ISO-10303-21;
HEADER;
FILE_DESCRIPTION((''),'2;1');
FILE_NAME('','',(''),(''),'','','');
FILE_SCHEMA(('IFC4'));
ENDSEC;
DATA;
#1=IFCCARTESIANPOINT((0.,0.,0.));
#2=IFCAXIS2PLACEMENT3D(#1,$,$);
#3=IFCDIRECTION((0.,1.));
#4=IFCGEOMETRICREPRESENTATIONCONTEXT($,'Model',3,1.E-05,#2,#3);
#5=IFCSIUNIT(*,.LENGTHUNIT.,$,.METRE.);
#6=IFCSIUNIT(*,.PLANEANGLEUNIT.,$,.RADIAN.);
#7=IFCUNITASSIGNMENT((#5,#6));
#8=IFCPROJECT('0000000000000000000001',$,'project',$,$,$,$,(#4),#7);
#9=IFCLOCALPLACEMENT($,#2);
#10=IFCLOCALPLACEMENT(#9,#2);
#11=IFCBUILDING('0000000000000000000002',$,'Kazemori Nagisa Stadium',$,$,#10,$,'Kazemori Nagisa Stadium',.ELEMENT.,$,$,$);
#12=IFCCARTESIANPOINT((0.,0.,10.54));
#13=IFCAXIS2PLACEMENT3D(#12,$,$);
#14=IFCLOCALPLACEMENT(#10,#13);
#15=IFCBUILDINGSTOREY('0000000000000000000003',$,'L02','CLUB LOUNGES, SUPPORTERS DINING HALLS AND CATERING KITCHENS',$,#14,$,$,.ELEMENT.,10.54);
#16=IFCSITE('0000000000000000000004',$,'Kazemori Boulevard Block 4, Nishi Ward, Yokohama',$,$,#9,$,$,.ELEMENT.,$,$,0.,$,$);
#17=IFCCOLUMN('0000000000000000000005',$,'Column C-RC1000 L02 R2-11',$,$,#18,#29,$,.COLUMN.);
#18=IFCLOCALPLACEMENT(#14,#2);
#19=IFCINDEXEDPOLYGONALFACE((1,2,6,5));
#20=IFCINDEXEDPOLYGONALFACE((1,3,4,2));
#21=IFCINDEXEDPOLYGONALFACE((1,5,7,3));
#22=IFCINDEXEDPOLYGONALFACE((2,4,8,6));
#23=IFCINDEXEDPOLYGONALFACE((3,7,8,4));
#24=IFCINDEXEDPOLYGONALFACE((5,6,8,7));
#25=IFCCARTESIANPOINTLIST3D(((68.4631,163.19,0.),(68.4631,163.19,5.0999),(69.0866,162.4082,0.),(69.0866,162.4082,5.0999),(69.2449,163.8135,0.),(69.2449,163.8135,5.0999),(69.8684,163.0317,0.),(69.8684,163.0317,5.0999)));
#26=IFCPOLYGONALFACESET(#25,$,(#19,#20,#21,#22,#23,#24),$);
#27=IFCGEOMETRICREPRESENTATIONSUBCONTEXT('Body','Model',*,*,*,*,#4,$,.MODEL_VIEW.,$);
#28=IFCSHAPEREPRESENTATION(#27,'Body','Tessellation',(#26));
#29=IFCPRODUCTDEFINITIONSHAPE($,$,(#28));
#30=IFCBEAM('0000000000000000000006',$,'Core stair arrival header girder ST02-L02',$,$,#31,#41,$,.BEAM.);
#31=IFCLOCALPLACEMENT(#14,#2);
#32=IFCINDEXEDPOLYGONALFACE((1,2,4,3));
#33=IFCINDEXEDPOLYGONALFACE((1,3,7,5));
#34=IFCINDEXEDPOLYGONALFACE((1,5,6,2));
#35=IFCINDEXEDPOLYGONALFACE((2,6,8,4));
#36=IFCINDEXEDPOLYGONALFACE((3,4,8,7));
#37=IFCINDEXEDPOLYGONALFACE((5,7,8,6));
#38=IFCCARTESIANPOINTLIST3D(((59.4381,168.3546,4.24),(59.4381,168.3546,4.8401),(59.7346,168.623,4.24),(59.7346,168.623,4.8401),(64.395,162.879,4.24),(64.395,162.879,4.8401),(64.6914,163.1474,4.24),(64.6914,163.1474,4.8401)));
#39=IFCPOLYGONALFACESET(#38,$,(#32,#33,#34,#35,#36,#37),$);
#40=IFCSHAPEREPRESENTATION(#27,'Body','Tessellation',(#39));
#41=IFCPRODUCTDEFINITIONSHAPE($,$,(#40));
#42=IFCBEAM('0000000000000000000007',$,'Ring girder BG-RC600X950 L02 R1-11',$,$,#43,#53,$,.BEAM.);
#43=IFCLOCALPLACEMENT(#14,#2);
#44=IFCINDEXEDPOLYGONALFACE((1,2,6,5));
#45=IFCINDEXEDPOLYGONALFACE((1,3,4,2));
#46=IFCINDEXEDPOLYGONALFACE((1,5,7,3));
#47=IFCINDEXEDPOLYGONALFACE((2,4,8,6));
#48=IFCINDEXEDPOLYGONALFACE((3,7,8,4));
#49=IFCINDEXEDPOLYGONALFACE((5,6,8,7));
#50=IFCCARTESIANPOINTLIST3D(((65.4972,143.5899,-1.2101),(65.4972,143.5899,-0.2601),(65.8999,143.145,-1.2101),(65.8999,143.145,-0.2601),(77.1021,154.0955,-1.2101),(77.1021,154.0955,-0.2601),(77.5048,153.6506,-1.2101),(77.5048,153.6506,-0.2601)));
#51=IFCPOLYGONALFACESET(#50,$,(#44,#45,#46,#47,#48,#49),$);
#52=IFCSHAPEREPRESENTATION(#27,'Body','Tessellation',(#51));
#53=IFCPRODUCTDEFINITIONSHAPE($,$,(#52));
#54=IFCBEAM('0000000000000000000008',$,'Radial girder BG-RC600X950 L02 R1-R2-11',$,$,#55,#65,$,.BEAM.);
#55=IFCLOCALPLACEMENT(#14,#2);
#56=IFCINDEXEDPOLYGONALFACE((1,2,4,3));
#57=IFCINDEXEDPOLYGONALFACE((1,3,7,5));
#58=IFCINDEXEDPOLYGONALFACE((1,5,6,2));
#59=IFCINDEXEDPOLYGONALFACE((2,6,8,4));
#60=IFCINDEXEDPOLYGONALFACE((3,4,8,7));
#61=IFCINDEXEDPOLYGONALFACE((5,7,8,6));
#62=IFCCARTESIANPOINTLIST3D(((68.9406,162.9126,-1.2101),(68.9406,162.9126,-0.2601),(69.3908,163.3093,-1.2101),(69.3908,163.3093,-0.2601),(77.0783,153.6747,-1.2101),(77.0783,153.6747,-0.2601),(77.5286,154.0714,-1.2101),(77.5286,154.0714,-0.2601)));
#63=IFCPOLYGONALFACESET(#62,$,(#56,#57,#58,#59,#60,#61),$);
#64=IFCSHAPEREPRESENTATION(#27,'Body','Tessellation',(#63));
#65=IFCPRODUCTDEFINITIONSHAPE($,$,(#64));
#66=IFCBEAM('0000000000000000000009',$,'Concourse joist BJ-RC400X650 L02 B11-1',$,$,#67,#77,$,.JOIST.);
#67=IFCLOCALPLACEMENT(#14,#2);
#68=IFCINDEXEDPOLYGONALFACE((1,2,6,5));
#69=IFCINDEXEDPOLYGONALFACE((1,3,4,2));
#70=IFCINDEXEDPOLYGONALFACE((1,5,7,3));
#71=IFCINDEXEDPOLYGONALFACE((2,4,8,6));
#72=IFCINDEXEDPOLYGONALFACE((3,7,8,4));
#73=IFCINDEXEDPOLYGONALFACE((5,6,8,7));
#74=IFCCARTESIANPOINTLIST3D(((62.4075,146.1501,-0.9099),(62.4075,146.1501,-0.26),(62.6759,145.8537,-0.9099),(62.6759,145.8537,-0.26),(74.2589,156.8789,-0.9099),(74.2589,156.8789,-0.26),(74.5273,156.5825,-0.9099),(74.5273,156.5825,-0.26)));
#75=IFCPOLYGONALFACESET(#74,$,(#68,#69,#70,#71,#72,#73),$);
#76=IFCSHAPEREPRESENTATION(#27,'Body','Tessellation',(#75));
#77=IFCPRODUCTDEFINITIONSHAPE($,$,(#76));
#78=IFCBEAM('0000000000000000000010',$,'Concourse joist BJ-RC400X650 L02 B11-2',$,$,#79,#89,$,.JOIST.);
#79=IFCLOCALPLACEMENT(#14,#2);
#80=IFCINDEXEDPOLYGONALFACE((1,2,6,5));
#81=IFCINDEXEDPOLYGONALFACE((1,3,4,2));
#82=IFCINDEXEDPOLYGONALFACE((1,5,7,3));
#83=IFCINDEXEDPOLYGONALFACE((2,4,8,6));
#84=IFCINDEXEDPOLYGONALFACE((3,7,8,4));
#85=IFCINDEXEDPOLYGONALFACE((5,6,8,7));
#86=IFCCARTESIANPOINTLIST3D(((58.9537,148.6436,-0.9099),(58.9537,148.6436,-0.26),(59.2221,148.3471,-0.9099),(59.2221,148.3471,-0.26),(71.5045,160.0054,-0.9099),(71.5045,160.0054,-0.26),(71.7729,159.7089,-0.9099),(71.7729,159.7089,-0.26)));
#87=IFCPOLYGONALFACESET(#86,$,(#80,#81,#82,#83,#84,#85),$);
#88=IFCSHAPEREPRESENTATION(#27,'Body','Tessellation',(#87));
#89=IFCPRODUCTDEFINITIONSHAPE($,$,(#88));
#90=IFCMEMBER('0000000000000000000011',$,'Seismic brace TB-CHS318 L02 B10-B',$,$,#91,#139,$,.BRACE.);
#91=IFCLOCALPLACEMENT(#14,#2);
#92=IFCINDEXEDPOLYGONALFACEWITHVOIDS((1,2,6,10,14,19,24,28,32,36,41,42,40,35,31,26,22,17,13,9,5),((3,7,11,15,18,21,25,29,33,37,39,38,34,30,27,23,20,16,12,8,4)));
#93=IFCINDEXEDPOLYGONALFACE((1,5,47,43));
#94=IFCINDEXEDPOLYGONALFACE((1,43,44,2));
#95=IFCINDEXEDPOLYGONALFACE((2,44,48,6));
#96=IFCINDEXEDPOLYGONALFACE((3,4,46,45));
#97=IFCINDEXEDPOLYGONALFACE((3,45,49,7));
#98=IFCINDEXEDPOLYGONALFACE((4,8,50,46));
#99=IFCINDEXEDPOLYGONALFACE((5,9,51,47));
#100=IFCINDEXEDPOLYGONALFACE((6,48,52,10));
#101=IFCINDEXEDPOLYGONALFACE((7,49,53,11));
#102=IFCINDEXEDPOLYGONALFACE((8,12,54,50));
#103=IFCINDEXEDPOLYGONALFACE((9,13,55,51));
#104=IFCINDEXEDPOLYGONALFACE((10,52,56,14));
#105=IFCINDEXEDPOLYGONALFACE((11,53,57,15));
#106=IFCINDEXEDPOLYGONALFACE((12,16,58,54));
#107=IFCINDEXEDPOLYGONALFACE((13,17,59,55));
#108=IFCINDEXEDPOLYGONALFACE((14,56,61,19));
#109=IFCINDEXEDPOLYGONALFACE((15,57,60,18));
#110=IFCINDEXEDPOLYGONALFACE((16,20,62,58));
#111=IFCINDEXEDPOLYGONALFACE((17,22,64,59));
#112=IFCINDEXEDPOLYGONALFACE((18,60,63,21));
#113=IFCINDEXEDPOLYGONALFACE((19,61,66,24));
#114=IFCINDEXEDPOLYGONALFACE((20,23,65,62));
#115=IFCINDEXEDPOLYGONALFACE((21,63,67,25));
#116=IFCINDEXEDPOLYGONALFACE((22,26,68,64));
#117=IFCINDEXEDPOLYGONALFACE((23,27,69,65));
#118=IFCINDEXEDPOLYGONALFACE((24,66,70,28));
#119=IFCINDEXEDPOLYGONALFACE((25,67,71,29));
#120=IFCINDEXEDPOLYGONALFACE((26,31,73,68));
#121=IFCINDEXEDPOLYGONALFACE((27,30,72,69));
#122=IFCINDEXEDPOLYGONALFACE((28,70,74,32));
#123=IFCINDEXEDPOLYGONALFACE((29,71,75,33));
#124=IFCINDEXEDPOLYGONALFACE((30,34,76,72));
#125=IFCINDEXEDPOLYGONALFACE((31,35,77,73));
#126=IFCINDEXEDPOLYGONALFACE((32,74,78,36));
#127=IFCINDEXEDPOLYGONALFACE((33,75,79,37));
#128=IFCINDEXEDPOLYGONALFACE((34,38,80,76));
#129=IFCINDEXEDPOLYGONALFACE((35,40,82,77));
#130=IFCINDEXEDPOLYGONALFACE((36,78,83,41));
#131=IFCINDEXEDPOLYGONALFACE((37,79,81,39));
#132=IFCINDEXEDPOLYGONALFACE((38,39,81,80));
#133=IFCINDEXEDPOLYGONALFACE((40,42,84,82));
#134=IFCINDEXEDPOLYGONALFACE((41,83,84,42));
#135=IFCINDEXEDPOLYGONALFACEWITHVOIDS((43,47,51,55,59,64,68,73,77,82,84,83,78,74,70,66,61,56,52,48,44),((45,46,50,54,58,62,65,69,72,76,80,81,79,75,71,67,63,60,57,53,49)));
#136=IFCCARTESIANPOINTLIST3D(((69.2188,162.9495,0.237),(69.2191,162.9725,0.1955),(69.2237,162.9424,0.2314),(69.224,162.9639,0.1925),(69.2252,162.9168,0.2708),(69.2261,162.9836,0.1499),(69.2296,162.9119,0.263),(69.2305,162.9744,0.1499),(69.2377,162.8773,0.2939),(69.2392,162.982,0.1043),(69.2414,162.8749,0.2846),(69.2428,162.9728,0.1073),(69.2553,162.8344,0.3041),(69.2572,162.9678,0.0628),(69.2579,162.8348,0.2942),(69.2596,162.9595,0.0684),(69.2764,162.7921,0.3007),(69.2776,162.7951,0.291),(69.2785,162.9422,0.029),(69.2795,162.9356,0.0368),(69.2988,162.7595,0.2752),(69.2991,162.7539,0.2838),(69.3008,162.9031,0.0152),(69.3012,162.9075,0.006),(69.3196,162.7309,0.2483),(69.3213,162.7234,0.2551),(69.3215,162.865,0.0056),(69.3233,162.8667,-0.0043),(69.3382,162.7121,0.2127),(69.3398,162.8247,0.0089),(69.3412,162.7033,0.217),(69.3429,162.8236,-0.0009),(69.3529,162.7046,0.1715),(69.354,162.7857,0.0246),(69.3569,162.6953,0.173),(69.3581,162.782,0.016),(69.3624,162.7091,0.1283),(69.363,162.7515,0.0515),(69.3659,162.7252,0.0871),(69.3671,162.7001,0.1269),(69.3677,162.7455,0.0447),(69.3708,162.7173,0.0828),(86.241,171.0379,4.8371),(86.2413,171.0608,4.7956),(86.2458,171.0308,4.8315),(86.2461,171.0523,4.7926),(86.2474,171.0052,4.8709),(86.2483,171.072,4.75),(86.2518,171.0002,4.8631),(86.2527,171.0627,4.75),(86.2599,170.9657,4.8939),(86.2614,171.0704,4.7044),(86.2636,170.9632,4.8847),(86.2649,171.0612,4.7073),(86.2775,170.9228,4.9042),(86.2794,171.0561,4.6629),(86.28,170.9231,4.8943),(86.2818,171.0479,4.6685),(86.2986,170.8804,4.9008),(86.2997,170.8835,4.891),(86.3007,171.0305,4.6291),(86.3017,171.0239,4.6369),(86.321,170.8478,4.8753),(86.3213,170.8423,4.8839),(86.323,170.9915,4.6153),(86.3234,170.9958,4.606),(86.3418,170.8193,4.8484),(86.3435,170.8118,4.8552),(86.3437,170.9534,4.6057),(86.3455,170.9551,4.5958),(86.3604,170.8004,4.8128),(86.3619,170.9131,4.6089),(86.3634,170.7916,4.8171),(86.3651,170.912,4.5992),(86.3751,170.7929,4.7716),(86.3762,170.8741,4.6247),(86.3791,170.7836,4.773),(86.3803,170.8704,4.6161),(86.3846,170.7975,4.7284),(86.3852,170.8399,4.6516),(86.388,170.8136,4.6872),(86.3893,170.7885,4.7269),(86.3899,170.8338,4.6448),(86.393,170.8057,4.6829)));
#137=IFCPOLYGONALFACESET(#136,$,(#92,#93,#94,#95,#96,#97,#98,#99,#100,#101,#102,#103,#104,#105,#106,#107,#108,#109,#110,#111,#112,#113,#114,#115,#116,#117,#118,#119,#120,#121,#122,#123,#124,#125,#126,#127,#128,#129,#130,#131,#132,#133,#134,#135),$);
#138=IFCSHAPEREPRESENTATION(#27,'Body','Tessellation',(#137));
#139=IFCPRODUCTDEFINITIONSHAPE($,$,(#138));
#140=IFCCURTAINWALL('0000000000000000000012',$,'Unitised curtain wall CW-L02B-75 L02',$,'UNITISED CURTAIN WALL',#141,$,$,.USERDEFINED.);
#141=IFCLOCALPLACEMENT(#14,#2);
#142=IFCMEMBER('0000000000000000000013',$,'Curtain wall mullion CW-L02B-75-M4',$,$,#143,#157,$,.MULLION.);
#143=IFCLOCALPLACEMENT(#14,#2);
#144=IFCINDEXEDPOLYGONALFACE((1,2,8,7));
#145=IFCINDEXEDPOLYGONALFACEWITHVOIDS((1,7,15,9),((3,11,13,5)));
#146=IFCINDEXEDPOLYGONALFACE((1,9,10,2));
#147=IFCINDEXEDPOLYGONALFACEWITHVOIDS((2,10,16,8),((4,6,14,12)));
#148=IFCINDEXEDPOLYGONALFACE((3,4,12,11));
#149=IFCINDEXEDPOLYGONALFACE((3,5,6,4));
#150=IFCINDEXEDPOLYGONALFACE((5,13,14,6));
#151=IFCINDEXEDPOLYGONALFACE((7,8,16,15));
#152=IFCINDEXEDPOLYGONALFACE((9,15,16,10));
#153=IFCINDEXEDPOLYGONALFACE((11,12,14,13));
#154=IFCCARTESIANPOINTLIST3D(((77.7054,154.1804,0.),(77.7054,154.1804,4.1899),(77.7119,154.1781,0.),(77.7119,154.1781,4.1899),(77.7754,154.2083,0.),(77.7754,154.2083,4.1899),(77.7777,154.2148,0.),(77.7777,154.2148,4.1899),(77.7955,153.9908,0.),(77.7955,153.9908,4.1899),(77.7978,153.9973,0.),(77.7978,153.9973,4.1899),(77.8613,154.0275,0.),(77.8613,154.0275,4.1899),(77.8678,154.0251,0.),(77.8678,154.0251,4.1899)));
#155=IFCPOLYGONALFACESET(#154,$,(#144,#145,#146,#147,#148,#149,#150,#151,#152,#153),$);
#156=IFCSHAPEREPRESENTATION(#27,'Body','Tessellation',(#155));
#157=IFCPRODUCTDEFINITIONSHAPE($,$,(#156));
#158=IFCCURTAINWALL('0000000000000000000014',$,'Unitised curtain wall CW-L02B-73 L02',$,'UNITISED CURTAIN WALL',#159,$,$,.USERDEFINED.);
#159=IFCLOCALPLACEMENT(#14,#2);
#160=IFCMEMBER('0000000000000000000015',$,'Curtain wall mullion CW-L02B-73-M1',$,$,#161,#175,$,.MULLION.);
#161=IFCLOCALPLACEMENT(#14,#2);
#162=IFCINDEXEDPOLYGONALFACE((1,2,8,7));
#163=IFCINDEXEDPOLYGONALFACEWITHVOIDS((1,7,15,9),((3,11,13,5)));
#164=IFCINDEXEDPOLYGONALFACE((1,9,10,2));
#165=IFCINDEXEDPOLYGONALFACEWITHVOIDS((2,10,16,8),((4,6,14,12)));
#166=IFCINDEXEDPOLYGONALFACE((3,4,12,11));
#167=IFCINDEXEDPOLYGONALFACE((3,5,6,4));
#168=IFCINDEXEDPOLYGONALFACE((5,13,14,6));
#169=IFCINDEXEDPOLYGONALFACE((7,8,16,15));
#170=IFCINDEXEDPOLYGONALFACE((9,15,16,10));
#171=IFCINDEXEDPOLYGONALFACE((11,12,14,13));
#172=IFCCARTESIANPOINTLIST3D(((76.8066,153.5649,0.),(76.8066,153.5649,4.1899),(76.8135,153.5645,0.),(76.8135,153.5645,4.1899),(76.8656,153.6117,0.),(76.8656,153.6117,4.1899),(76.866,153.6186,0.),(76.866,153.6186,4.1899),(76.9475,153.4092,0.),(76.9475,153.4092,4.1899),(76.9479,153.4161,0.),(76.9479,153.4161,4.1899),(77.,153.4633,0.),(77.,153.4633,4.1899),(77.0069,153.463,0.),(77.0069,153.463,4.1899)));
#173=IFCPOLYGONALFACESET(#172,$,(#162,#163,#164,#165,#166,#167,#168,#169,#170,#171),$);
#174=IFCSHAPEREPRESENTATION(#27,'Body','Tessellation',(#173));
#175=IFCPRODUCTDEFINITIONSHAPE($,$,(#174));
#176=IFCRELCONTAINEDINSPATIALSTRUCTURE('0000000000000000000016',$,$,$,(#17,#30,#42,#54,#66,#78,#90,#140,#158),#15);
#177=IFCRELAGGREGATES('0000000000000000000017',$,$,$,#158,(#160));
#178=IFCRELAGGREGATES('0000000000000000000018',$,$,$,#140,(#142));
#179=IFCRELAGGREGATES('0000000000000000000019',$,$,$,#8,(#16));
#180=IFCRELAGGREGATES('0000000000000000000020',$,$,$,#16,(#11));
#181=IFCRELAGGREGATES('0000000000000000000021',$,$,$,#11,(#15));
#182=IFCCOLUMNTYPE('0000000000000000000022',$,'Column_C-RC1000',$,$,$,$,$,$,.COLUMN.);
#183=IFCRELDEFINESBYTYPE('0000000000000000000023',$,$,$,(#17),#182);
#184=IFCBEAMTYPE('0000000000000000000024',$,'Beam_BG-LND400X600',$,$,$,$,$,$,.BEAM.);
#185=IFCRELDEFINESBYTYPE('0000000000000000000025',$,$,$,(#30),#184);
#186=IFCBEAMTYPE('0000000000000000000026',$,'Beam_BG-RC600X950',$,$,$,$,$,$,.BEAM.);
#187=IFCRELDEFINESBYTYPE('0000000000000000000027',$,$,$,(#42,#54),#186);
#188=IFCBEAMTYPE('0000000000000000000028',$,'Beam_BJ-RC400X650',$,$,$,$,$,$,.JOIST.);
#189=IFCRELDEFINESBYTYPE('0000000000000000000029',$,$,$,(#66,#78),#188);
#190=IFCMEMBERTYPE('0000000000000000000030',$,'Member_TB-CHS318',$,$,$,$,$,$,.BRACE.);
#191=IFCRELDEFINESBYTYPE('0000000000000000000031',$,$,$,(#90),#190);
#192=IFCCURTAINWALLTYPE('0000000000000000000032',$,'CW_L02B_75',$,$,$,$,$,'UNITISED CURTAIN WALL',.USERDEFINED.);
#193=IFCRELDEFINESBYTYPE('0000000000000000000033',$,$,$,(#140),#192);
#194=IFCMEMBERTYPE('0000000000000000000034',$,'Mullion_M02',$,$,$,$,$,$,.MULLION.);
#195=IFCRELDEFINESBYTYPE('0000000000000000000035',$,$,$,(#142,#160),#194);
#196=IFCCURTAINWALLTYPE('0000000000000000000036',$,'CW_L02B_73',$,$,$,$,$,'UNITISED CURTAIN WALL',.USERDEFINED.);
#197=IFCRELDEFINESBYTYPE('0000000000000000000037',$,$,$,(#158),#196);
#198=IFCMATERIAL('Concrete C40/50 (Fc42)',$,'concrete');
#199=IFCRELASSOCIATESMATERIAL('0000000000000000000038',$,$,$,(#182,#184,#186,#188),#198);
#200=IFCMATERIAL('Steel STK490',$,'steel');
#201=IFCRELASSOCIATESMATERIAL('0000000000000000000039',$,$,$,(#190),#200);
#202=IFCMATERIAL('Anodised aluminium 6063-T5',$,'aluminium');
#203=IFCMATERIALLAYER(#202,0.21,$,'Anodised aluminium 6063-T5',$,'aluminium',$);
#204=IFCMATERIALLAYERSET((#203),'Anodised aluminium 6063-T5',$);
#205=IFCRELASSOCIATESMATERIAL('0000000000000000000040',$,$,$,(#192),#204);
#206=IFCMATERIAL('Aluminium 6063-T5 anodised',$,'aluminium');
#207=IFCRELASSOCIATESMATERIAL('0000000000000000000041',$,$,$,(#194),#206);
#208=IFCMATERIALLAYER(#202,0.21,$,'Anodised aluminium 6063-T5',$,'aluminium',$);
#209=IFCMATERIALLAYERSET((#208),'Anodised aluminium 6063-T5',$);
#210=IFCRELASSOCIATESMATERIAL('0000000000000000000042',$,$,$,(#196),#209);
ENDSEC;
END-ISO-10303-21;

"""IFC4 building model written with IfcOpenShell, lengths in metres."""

from ifc_helpers import new_model, si_unit, direction, frame, origin, origin_2d, place, context, subcontext, project, spatial, rectangle, hollow_rectangle, hollow_circle, extrude, material, layer, layer_set, material_profile, profile_set, type_object, element, aggregate, save


model = new_model("IFC4")

# Units and contexts
model_context = context("Model", 3, precision=1e-05, world=origin(), true_north=direction((0.0, 1.0)))
body_context = subcontext(model_context, "Body", "Model", "MODEL_VIEW")
ifc_project = project(units=[si_unit("LENGTHUNIT", "METRE"), si_unit("PLANEANGLEUNIT", "RADIAN")], contexts=[model_context])

# Site, building, storey
site_placement = place(None, origin())
site = spatial("IfcSite", under=ifc_project, at=site_placement, Name="Kazemori Boulevard Block 4, Nishi Ward, Yokohama", CompositionType="ELEMENT", RefElevation=0.0)
building_placement = place(site_placement, origin())
building = spatial("IfcBuilding", under=site, at=building_placement, Name="Kazemori Nagisa Stadium", LongName="Kazemori Nagisa Stadium", CompositionType="ELEMENT")
storey_placement = place(building_placement, frame((0.0, 0.0, 10.54)))
storey = spatial("IfcBuildingStorey", under=building, at=storey_placement, Name="L02", Description="CLUB LOUNGES, SUPPORTERS DINING HALLS AND CATERING KITCHENS", CompositionType="ELEMENT", Elevation=10.54)

# Column
ifc_material_1 = material(Name="Concrete C40/50 (Fc42)", Category="concrete")
ifc_material_profile_1 = material_profile(ifc_material_1, rectangle(XDim=1.0, YDim=1.0, at=origin_2d()), Name="RC-COL-1000x1000")
ifc_profile_set_1 = profile_set([ifc_material_profile_1], Name="Concrete C40/50 (Fc42)")
column_type_1 = type_object("IfcColumnType", Name="Column_C-RC1000", PredefinedType="COLUMN", material=ifc_profile_set_1)
column_1_placement = place(storey_placement, frame((69.1658, 163.1108, 0.0), z_axis=(0.0, 0.0, 1.0), x_axis=(-0.62349, 0.781831, 0.0)))
element("IfcColumn", 1, at=column_1_placement, inside=storey, type_object=column_type_1, Name="Column C-RC1000 L02 R2-11", PredefinedType="COLUMN", context=body_context, shape_type="SweptSolid", body=[
    extrude(rectangle(XDim=1.0, YDim=1.0, at=origin_2d()), origin(), (0.0, 0.0, 1.0), 5.0999),
])

# Beams
ifc_material_profile_2 = material_profile(ifc_material_1, rectangle(XDim=0.3999, YDim=0.6001, at=origin_2d()), Name="RC-BM-400x600")
ifc_profile_set_2 = profile_set([ifc_material_profile_2], Name="Concrete C40/50 (Fc42)")
beam_type_1 = type_object("IfcBeamType", Name="Beam_BG-LND400X600", PredefinedType="BEAM", material=ifc_profile_set_2)
beam_1_placement = place(storey_placement, frame((64.5432, 163.0132, 4.54), z_axis=(-0.671113, 0.741355, 0.0), x_axis=(-0.741355, -0.671113, 0.0)))
element("IfcBeam", 2, at=beam_1_placement, inside=storey, type_object=beam_type_1, Name="Core stair arrival header girder ST02-L02", PredefinedType="BEAM", context=body_context, shape_type="SweptSolid", body=[
    extrude(rectangle(XDim=0.3999, YDim=0.6001, at=origin_2d()), origin(), (0.0, 0.0, 1.0), 7.386),
])
ifc_material_profile_3 = material_profile(ifc_material_1, rectangle(XDim=0.6001, YDim=0.95, at=origin_2d()), Name="RC-BM-600x950")
ifc_profile_set_3 = profile_set([ifc_material_profile_3], Name="Concrete C40/50 (Fc42)")
beam_type_2 = type_object("IfcBeamType", Name="Beam_BG-RC600X950", PredefinedType="BEAM", material=ifc_profile_set_3)
beam_2_placement = place(storey_placement, frame((77.3035, 153.873, -0.7351), z_axis=(-0.741349, -0.67112, 0.0), x_axis=(0.67112, -0.741349, 0.0)))
element("IfcBeam", 3, at=beam_2_placement, inside=storey, type_object=beam_type_2, Name="Ring girder BG-RC600X950 L02 R1-11", PredefinedType="BEAM", context=body_context, shape_type="SweptSolid", body=[
    extrude(rectangle(XDim=0.6001, YDim=0.95, at=origin_2d()), origin(), (0.0, 0.0, 1.0), 15.6538),
])
beam_3_placement = place(storey_placement, frame((77.3035, 153.873, -0.7351), z_axis=(-0.661014, 0.750374, 0.0), x_axis=(-0.750374, -0.661014, 0.0)))
element("IfcBeam", 4, at=beam_3_placement, inside=storey, type_object=beam_type_2, Name="Radial girder BG-RC600X950 L02 R1-R2-11", PredefinedType="BEAM", context=body_context, shape_type="SweptSolid", body=[
    extrude(rectangle(XDim=0.6001, YDim=0.95, at=origin_2d()), origin(), (0.0, 0.0, 1.0), 12.311),
])
ifc_material_profile_4 = material_profile(ifc_material_1, rectangle(XDim=0.3999, YDim=0.6499, at=origin_2d()), Name="RC-BM-400x650")
ifc_profile_set_4 = profile_set([ifc_material_profile_4], Name="Concrete C40/50 (Fc42)")
beam_type_3 = type_object("IfcBeamType", Name="Beam_BJ-RC400X650", PredefinedType="JOIST", material=ifc_profile_set_4)
beam_4_placement = place(storey_placement, frame((74.3931, 156.7307, -0.585), z_axis=(-0.741345, -0.671124, 0.0), x_axis=(0.671124, -0.741345, 0.0)))
element("IfcBeam", 5, at=beam_4_placement, inside=storey, type_object=beam_type_3, Name="Concourse joist BJ-RC400X650 L02 B11-1", PredefinedType="JOIST", context=body_context, shape_type="SweptSolid", body=[
    extrude(rectangle(XDim=0.3999, YDim=0.6499, at=origin_2d()), origin(), (0.0, 0.0, 1.0), 15.9863),
])
beam_5_placement = place(storey_placement, frame((71.6387, 159.8572, -0.585), z_axis=(-0.741349, -0.671119, 0.0), x_axis=(0.671119, -0.741349, 0.0)))
element("IfcBeam", 6, at=beam_5_placement, inside=storey, type_object=beam_type_3, Name="Concourse joist BJ-RC400X650 L02 B11-2", PredefinedType="JOIST", context=body_context, shape_type="SweptSolid", body=[
    extrude(rectangle(XDim=0.3999, YDim=0.6499, at=origin_2d()), origin(), (0.0, 0.0, 1.0), 16.9297),
])

# Member
ifc_material_2 = material(Name="Steel STK490", Category="steel")
ifc_material_profile_5 = material_profile(ifc_material_2, hollow_circle(Radius=0.1592, WallThickness=0.0103, at=origin_2d()), Name="CHS-318.5x10.3")
ifc_profile_set_5 = profile_set([ifc_material_profile_5], Name="Steel STK490")
member_type_1 = type_object("IfcMemberType", Name="Member_TB-CHS318", PredefinedType="BRACE", material=ifc_profile_set_5)
member_1_placement = place(storey_placement, frame((69.2944, 162.8398, 0.1499), z_axis=(0.877459, 0.416939, 0.237125), x_axis=(-0.429179, 0.903219, 0.0)))
element("IfcMember", 7, at=member_1_placement, inside=storey, type_object=member_type_1, Name="Seismic brace TB-CHS318 L02 B10-B", PredefinedType="BRACE", context=body_context, shape_type="SweptSolid", body=[
    extrude(hollow_circle(Radius=0.1592, WallThickness=0.0103, at=origin_2d()), origin(), (0.0, 0.0, 1.0), 19.3994),
])

# Curtain wall, member
ifc_material_3 = material(Name="Anodised aluminium 6063-T5", Category="aluminium")
ifc_layer_1 = layer(ifc_material_3, 0.21, Name="Anodised aluminium 6063-T5", Category="aluminium")
ifc_layer_set_1 = layer_set([ifc_layer_1], Name="Anodised aluminium 6063-T5")
curtain_wall_type_1 = type_object("IfcCurtainWallType", Name="CW_L02B_75", ElementType="UNITISED CURTAIN WALL", PredefinedType="USERDEFINED", material=ifc_layer_set_1)
curtain_wall_1_placement = place(storey_placement, origin())
curtain_wall_1 = element("IfcCurtainWall", 8, at=curtain_wall_1_placement, inside=storey, type_object=curtain_wall_type_1, Name="Unitised curtain wall CW-L02B-75 L02", ObjectType="UNITISED CURTAIN WALL", PredefinedType="USERDEFINED")
ifc_material_4 = material(Name="Aluminium 6063-T5 anodised", Category="aluminium")
ifc_material_profile_6 = material_profile(ifc_material_4, hollow_rectangle(XDim=0.0801, YDim=0.21, WallThickness=0.0049, at=origin_2d()), Name="ALU-MULL-80x210x5")
ifc_profile_set_6 = profile_set([ifc_material_profile_6], Name="Aluminium 6063-T5 anodised")
member_type_2 = type_object("IfcMemberType", Name="Mullion_M02", PredefinedType="MULLION", material=ifc_profile_set_6)
member_2_placement = place(storey_placement, frame((77.7866, 154.1028, 0.0), z_axis=(0.0, 0.0, 1.0), x_axis=(-0.903216, -0.429186, 0.0)))
member_2 = element("IfcMember", 9, at=member_2_placement, type_object=member_type_2, Name="Curtain wall mullion CW-L02B-75-M4", PredefinedType="MULLION", context=body_context, shape_type="SweptSolid", body=[
    extrude(hollow_rectangle(XDim=0.0801, YDim=0.21, WallThickness=0.0049, at=origin_2d()), origin(), (0.0, 0.0, 1.0), 4.1899),
])

# Curtain wall, member
ifc_layer_2 = layer(ifc_material_3, 0.21, Name="Anodised aluminium 6063-T5", Category="aluminium")
ifc_layer_set_2 = layer_set([ifc_layer_2], Name="Anodised aluminium 6063-T5")
curtain_wall_type_2 = type_object("IfcCurtainWallType", Name="CW_L02B_73", ElementType="UNITISED CURTAIN WALL", PredefinedType="USERDEFINED", material=ifc_layer_set_2)
curtain_wall_2_placement = place(storey_placement, origin())
curtain_wall_2 = element("IfcCurtainWall", 10, at=curtain_wall_2_placement, inside=storey, type_object=curtain_wall_type_2, Name="Unitised curtain wall CW-L02B-73 L02", ObjectType="UNITISED CURTAIN WALL", PredefinedType="USERDEFINED")
member_3_placement = place(storey_placement, frame((76.9067, 153.5139, 0.0), z_axis=(0.0, 0.0, 1.0), x_axis=(-0.741351, -0.671118, 0.0)))
member_3 = element("IfcMember", 11, at=member_3_placement, type_object=member_type_2, Name="Curtain wall mullion CW-L02B-73-M1", PredefinedType="MULLION", context=body_context, shape_type="SweptSolid", body=[
    extrude(hollow_rectangle(XDim=0.0801, YDim=0.21, WallThickness=0.0049, at=origin_2d()), origin(), (0.0, 0.0, 1.0), 4.1899),
])

aggregate(curtain_wall_2, [member_3])
aggregate(curtain_wall_1, [member_2])

save(model, "model.ifc")
